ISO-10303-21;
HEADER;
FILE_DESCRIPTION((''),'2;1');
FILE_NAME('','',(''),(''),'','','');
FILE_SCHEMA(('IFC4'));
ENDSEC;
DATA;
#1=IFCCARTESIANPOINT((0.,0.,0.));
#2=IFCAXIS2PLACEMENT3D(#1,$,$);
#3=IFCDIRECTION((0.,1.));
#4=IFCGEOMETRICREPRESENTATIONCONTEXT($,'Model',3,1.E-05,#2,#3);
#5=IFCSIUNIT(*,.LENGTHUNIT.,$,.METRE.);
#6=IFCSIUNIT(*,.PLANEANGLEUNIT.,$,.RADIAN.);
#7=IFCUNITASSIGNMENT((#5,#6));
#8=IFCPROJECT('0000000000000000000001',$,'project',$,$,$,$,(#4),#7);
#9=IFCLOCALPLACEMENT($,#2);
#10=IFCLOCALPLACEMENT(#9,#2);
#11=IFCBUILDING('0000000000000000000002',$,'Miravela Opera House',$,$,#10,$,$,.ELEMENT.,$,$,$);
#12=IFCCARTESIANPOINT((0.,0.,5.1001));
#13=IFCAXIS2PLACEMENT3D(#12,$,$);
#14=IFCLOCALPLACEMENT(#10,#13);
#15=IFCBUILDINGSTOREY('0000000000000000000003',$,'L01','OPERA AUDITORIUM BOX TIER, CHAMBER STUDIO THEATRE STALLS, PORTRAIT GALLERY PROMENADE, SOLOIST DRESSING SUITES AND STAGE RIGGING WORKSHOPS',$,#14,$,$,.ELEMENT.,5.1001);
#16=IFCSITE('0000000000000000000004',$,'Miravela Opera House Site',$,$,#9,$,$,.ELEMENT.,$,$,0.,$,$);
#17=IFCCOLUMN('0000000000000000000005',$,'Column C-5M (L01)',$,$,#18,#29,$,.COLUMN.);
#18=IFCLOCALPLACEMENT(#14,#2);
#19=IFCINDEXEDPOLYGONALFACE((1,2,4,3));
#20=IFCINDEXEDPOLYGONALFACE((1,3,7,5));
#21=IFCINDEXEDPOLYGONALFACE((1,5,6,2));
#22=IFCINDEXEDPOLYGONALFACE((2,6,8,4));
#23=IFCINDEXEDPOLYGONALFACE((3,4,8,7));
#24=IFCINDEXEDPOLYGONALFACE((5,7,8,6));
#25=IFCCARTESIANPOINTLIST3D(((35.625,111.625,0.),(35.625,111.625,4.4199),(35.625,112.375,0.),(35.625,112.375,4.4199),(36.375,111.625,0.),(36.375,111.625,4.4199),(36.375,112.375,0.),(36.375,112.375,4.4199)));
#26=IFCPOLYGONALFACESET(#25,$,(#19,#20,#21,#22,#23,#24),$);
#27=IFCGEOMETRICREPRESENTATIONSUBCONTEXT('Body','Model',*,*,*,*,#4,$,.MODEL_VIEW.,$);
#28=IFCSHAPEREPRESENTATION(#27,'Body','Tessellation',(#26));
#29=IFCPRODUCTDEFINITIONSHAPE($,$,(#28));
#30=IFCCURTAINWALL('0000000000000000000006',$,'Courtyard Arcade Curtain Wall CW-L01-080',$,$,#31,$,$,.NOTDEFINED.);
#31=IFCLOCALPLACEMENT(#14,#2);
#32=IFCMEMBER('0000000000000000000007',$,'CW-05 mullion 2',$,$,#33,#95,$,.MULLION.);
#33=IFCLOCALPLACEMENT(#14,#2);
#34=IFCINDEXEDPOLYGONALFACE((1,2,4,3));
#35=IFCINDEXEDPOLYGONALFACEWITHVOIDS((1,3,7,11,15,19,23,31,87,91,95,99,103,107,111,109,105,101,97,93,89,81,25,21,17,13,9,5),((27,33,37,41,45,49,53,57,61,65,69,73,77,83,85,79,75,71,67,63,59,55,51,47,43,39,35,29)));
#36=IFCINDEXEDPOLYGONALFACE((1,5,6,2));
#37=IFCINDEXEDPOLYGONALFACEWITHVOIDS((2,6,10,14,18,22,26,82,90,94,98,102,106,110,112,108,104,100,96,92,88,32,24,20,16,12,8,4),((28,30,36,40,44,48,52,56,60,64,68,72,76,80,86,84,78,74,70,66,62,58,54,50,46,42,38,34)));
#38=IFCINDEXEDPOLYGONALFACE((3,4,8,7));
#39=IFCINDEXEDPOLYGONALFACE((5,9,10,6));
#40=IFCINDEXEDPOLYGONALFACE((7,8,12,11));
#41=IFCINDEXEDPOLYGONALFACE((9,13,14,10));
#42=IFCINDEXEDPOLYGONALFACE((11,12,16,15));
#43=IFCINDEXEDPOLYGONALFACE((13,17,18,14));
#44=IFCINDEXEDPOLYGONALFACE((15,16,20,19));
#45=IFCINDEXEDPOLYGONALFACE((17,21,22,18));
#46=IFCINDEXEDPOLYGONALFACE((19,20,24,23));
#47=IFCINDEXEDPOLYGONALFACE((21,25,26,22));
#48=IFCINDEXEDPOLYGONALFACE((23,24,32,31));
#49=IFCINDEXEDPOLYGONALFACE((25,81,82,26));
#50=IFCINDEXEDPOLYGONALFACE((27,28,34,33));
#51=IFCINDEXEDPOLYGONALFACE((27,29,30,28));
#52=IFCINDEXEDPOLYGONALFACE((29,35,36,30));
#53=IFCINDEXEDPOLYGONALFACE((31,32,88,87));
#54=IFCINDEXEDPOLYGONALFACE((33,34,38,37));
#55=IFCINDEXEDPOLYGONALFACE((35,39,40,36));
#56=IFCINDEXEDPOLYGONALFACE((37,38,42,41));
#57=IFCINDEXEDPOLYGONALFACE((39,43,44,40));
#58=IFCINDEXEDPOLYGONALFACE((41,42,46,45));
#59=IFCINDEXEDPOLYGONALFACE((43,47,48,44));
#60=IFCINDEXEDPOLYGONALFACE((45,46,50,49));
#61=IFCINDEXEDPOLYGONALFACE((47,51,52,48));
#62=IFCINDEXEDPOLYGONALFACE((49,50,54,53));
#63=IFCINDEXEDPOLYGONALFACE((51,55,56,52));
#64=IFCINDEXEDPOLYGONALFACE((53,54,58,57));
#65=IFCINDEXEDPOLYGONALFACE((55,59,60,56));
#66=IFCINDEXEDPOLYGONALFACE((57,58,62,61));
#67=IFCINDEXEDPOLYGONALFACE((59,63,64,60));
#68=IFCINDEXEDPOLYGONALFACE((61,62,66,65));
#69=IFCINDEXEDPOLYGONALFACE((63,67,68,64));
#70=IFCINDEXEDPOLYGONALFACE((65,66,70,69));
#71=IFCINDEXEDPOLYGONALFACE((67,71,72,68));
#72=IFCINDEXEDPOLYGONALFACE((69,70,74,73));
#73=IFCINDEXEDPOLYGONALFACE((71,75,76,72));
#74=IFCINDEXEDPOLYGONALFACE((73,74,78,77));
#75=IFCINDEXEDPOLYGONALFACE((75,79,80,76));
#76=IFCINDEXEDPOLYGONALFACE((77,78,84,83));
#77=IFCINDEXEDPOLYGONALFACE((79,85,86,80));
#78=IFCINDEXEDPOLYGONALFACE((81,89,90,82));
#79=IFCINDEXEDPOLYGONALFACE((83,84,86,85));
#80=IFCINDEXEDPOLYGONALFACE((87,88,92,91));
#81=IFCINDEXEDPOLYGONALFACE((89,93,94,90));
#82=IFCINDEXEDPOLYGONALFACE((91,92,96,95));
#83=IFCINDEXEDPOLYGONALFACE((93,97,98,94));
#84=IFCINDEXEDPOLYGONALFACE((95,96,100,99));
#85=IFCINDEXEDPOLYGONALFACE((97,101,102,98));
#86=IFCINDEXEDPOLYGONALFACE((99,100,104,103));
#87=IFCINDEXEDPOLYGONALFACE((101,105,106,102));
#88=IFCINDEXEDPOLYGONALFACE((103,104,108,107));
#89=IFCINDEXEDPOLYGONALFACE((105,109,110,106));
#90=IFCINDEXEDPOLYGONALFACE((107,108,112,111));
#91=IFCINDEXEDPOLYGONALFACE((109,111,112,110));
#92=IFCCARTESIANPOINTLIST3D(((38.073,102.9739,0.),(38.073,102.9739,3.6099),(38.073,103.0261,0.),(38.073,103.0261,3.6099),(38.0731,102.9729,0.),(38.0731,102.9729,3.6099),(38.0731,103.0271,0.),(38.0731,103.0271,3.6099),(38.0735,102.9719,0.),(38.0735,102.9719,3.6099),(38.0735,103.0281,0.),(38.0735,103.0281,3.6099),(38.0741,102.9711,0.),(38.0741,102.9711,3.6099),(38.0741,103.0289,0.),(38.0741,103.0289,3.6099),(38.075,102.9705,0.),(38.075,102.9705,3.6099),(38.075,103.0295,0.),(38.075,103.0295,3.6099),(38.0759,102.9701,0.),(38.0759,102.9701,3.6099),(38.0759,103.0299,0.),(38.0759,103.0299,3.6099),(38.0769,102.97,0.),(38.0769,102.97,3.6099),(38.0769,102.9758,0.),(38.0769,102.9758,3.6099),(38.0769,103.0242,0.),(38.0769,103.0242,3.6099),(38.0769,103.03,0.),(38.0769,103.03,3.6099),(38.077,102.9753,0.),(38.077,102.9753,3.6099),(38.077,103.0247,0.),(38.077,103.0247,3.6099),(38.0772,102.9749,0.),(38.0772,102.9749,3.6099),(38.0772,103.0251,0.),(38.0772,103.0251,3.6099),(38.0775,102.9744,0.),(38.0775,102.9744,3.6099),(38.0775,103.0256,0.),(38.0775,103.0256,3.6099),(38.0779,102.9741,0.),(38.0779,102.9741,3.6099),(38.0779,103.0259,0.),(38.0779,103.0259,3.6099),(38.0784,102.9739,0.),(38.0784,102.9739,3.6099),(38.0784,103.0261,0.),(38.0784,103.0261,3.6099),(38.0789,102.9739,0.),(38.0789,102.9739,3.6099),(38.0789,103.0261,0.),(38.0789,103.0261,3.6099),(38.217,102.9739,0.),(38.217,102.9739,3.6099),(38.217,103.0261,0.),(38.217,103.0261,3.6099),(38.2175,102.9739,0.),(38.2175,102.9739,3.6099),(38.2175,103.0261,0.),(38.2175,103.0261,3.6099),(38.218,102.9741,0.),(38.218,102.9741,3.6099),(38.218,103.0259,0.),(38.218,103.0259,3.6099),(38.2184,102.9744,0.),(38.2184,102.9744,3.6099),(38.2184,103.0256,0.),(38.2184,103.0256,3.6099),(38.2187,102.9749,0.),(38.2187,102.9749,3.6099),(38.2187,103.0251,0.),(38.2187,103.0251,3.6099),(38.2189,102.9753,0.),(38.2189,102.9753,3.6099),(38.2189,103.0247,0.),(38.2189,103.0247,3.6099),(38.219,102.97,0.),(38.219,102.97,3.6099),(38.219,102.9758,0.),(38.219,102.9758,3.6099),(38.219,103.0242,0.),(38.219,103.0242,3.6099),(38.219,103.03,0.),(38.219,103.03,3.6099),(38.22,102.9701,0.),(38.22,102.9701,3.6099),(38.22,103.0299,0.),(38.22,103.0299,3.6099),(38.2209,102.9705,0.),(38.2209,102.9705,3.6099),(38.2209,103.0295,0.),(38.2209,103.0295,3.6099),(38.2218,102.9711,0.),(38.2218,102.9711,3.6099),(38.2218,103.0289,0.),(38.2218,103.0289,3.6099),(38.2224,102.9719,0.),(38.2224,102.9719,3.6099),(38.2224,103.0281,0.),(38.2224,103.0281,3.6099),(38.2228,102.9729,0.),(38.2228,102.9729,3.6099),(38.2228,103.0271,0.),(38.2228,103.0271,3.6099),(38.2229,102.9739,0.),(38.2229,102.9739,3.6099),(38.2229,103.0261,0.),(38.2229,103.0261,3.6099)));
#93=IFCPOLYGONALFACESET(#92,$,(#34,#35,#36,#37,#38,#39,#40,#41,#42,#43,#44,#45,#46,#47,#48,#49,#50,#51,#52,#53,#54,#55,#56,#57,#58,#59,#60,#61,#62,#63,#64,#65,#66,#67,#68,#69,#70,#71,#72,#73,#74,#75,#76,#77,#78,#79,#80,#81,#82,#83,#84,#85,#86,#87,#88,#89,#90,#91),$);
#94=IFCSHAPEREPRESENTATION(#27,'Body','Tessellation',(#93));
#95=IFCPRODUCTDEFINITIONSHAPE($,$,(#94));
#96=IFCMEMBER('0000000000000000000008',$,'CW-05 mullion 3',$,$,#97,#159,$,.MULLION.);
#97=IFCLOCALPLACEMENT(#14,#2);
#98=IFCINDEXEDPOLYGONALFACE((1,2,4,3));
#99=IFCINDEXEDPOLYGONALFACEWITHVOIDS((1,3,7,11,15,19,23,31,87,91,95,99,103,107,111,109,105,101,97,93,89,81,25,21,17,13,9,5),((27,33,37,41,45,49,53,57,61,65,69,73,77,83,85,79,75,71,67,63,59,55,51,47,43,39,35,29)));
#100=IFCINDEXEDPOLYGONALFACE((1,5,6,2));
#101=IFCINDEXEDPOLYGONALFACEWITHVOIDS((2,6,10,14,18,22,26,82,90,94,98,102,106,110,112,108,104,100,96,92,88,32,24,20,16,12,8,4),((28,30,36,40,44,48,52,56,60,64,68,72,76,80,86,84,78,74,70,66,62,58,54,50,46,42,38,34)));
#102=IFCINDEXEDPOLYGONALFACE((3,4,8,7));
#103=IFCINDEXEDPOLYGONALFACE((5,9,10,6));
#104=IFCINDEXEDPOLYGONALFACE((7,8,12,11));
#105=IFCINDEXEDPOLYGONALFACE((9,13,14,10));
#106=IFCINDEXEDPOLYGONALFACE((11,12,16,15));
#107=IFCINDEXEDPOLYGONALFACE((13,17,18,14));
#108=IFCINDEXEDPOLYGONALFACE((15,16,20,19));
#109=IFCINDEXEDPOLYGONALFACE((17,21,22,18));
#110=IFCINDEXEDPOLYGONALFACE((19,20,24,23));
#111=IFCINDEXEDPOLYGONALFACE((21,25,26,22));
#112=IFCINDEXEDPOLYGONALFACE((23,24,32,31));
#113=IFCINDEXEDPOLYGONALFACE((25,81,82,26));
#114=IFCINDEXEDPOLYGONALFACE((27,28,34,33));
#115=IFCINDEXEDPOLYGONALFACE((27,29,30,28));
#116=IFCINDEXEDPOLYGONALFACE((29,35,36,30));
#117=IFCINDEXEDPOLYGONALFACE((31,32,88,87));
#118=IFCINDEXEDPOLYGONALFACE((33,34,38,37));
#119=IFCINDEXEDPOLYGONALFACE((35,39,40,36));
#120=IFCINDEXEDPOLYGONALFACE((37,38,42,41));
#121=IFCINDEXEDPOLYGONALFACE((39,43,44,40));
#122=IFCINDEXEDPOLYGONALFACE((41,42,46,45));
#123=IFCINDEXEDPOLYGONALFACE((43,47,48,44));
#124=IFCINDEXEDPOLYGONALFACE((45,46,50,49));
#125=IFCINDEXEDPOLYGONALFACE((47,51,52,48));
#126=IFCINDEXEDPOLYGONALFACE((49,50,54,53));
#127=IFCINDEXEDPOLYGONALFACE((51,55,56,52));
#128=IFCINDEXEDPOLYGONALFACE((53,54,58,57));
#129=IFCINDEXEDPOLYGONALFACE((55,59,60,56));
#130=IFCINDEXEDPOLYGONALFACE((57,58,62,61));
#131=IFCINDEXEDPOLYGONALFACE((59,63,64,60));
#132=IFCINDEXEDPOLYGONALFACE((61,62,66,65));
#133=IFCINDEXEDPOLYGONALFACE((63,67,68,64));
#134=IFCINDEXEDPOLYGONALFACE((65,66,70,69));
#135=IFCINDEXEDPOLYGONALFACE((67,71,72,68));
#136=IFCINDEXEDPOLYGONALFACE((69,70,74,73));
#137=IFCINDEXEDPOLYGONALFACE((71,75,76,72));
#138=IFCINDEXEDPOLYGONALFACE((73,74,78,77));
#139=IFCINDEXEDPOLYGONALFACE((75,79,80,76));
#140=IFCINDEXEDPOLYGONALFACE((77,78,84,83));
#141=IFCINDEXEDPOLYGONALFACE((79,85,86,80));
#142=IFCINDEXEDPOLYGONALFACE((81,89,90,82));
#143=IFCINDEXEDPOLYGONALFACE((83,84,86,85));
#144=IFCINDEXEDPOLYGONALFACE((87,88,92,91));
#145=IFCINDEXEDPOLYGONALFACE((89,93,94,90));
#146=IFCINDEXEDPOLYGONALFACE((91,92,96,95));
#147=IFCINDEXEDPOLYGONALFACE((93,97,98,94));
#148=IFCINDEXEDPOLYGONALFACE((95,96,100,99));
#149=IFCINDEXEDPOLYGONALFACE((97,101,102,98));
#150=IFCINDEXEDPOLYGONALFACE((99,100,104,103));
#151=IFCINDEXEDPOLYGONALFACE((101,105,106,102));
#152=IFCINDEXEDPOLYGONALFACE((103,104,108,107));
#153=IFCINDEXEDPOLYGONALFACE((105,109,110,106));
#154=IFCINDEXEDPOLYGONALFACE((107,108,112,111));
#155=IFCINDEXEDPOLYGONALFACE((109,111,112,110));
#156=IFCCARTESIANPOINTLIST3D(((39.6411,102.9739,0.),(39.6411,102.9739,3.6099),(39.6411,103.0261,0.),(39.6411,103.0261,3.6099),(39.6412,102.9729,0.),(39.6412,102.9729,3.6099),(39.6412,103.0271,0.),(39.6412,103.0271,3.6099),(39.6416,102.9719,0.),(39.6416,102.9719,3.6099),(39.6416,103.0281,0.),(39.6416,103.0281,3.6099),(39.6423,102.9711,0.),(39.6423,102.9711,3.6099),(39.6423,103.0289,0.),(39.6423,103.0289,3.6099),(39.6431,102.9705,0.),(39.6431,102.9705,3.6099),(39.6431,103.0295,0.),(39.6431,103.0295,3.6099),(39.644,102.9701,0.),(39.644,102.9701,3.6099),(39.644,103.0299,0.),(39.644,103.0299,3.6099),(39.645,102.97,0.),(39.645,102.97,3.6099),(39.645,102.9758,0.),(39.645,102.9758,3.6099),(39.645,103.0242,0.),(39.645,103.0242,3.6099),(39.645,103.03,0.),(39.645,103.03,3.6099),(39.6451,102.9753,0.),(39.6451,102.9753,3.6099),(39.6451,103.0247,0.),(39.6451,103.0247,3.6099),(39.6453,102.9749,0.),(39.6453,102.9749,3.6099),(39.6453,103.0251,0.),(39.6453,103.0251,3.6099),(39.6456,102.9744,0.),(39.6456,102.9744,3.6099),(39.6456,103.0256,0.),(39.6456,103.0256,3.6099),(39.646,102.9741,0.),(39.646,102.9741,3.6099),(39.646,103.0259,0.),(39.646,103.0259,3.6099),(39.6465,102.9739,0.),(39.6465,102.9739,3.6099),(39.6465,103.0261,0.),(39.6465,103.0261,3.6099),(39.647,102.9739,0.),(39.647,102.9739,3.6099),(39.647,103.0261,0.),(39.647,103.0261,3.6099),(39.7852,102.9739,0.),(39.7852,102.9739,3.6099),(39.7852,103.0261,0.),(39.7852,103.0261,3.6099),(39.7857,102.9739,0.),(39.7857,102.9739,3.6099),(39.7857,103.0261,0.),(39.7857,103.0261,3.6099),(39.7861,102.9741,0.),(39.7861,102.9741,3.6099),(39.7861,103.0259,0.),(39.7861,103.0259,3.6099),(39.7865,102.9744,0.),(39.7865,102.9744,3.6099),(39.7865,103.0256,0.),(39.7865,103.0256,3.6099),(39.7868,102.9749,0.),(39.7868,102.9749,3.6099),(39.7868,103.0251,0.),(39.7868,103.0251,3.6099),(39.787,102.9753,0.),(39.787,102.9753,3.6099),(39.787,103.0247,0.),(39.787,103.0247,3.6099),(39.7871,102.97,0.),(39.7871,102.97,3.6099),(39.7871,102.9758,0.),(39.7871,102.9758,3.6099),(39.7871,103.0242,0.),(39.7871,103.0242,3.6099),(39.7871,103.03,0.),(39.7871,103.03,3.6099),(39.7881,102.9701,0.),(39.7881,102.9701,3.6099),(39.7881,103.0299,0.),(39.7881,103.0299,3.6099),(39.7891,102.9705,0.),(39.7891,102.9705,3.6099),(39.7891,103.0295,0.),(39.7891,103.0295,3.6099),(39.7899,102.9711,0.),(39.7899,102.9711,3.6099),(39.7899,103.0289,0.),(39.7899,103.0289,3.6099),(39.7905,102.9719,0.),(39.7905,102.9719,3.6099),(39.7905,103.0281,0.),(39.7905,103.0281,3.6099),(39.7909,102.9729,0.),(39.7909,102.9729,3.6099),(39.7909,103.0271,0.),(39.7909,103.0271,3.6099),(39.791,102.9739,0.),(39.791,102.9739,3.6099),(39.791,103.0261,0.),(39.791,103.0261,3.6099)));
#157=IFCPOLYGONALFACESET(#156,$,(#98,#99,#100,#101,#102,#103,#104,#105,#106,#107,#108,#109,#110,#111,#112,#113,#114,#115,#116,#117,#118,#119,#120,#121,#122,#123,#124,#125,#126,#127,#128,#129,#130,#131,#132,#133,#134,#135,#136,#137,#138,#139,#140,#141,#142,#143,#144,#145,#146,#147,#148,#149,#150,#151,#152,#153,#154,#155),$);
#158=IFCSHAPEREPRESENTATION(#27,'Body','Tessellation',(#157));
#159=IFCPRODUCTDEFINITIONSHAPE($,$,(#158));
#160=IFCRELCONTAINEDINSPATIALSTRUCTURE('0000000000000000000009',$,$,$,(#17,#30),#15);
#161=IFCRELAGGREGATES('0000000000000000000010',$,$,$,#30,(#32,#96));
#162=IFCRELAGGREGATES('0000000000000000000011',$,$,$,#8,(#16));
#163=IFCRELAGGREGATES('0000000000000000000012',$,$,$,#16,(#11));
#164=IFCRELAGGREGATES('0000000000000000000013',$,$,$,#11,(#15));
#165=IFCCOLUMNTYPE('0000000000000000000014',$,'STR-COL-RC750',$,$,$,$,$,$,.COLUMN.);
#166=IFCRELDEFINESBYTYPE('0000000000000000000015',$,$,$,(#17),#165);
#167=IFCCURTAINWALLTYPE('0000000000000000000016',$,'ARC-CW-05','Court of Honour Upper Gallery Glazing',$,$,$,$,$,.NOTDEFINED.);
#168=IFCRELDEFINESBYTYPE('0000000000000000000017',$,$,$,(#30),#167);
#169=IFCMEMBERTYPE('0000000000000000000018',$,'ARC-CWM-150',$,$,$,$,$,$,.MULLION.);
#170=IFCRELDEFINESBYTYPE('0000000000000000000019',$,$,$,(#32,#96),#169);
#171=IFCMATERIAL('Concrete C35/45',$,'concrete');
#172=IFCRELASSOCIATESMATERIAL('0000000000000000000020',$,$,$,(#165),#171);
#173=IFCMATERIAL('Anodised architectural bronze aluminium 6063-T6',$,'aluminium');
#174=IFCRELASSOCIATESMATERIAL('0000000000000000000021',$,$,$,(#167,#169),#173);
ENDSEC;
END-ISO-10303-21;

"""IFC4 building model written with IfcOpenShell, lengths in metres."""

from ifc_helpers import new_model, si_unit, direction, frame, origin, origin_2d, place, context, subcontext, project, spatial, rectangle, hollow_rectangle, extrude, material, material_profile, profile_set, type_object, element, aggregate, save


model = new_model("IFC4")

# Units and contexts
model_context = context("Model", 3, precision=1e-05, world=origin(), true_north=direction((0.0, 1.0)))
body_context = subcontext(model_context, "Body", "Model", "MODEL_VIEW")
ifc_project = project(units=[si_unit("LENGTHUNIT", "METRE"), si_unit("PLANEANGLEUNIT", "RADIAN")], contexts=[model_context])

# Site, building, storey
site_placement = place(None, origin())
site = spatial("IfcSite", under=ifc_project, at=site_placement, Name="Miravela Opera House Site", CompositionType="ELEMENT", RefElevation=0.0)
building_placement = place(site_placement, origin())
building = spatial("IfcBuilding", under=site, at=building_placement, Name="Miravela Opera House", CompositionType="ELEMENT")
storey_placement = place(building_placement, frame((0.0, 0.0, 5.1001)))
storey = spatial("IfcBuildingStorey", under=building, at=storey_placement, Name="L01", Description="OPERA AUDITORIUM BOX TIER, CHAMBER STUDIO THEATRE STALLS, PORTRAIT GALLERY PROMENADE, SOLOIST DRESSING SUITES AND STAGE RIGGING WORKSHOPS", CompositionType="ELEMENT", Elevation=5.1001)

# Column
ifc_material_1 = material(Name="Concrete C35/45", Category="concrete")
ifc_material_profile_1 = material_profile(ifc_material_1, rectangle(XDim=0.75, YDim=0.75, at=origin_2d()), Name="RC-COL-750X750")
ifc_profile_set_1 = profile_set([ifc_material_profile_1])
column_type = type_object("IfcColumnType", Name="STR-COL-RC750", PredefinedType="COLUMN", material=ifc_profile_set_1)
column_placement = place(storey_placement, frame((36.0, 112.0, 0.0), z_axis=(0.0, 0.0, 1.0), x_axis=(1.0, 0.0, 0.0)))
element("IfcColumn", 1, at=column_placement, inside=storey, type_object=column_type, Name="Column C-5M (L01)", PredefinedType="COLUMN", context=body_context, shape_type="SweptSolid", body=[
    extrude(rectangle(XDim=0.75, YDim=0.75, at=origin_2d()), origin(), (0.0, 0.0, 1.0), 4.4199),
])

# Curtain wall, members
ifc_material_2 = material(Name="Anodised architectural bronze aluminium 6063-T6", Category="aluminium")
curtain_wall_type = type_object("IfcCurtainWallType", Name="ARC-CW-05", Description="Court of Honour Upper Gallery Glazing", PredefinedType="NOTDEFINED", material=ifc_material_2)
curtain_wall_placement = place(storey_placement, origin())
curtain_wall = element("IfcCurtainWall", 2, at=curtain_wall_placement, inside=storey, type_object=curtain_wall_type, Name="Courtyard Arcade Curtain Wall CW-L01-080", PredefinedType="NOTDEFINED")
ifc_material_profile_2 = material_profile(ifc_material_2, hollow_rectangle(XDim=0.0601, YDim=0.1499, WallThickness=0.0039, InnerFilletRadius=0.002, OuterFilletRadius=0.0039, at=origin_2d()), Name="CWM-60X150")
ifc_profile_set_2 = profile_set([ifc_material_profile_2])
member_type_1 = type_object("IfcMemberType", Name="ARC-CWM-150", PredefinedType="MULLION", material=ifc_profile_set_2)
member_1_placement = place(storey_placement, frame((38.1479, 103.0, 0.0), z_axis=(0.0, 0.0, 1.0), x_axis=(0.0, 1.0, 0.0)))
member_1 = element("IfcMember", 3, at=member_1_placement, type_object=member_type_1, Name="CW-05 mullion 2", PredefinedType="MULLION", context=body_context, shape_type="SweptSolid", body=[
    extrude(hollow_rectangle(XDim=0.0601, YDim=0.1499, WallThickness=0.0039, InnerFilletRadius=0.002, OuterFilletRadius=0.0039, at=origin_2d()), origin(), (0.0, 0.0, 1.0), 3.6099),
])
member_2_placement = place(storey_placement, frame((39.7161, 103.0, 0.0), z_axis=(0.0, 0.0, 1.0), x_axis=(0.0, 1.0, 0.0)))
member_2 = element("IfcMember", 4, at=member_2_placement, type_object=member_type_1, Name="CW-05 mullion 3", PredefinedType="MULLION", context=body_context, shape_type="SweptSolid", body=[
    extrude(hollow_rectangle(XDim=0.0601, YDim=0.1499, WallThickness=0.0039, InnerFilletRadius=0.002, OuterFilletRadius=0.0039, at=origin_2d()), origin(), (0.0, 0.0, 1.0), 3.6099),
])

aggregate(curtain_wall, [member_1, member_2])

save(model, "model.ifc")
